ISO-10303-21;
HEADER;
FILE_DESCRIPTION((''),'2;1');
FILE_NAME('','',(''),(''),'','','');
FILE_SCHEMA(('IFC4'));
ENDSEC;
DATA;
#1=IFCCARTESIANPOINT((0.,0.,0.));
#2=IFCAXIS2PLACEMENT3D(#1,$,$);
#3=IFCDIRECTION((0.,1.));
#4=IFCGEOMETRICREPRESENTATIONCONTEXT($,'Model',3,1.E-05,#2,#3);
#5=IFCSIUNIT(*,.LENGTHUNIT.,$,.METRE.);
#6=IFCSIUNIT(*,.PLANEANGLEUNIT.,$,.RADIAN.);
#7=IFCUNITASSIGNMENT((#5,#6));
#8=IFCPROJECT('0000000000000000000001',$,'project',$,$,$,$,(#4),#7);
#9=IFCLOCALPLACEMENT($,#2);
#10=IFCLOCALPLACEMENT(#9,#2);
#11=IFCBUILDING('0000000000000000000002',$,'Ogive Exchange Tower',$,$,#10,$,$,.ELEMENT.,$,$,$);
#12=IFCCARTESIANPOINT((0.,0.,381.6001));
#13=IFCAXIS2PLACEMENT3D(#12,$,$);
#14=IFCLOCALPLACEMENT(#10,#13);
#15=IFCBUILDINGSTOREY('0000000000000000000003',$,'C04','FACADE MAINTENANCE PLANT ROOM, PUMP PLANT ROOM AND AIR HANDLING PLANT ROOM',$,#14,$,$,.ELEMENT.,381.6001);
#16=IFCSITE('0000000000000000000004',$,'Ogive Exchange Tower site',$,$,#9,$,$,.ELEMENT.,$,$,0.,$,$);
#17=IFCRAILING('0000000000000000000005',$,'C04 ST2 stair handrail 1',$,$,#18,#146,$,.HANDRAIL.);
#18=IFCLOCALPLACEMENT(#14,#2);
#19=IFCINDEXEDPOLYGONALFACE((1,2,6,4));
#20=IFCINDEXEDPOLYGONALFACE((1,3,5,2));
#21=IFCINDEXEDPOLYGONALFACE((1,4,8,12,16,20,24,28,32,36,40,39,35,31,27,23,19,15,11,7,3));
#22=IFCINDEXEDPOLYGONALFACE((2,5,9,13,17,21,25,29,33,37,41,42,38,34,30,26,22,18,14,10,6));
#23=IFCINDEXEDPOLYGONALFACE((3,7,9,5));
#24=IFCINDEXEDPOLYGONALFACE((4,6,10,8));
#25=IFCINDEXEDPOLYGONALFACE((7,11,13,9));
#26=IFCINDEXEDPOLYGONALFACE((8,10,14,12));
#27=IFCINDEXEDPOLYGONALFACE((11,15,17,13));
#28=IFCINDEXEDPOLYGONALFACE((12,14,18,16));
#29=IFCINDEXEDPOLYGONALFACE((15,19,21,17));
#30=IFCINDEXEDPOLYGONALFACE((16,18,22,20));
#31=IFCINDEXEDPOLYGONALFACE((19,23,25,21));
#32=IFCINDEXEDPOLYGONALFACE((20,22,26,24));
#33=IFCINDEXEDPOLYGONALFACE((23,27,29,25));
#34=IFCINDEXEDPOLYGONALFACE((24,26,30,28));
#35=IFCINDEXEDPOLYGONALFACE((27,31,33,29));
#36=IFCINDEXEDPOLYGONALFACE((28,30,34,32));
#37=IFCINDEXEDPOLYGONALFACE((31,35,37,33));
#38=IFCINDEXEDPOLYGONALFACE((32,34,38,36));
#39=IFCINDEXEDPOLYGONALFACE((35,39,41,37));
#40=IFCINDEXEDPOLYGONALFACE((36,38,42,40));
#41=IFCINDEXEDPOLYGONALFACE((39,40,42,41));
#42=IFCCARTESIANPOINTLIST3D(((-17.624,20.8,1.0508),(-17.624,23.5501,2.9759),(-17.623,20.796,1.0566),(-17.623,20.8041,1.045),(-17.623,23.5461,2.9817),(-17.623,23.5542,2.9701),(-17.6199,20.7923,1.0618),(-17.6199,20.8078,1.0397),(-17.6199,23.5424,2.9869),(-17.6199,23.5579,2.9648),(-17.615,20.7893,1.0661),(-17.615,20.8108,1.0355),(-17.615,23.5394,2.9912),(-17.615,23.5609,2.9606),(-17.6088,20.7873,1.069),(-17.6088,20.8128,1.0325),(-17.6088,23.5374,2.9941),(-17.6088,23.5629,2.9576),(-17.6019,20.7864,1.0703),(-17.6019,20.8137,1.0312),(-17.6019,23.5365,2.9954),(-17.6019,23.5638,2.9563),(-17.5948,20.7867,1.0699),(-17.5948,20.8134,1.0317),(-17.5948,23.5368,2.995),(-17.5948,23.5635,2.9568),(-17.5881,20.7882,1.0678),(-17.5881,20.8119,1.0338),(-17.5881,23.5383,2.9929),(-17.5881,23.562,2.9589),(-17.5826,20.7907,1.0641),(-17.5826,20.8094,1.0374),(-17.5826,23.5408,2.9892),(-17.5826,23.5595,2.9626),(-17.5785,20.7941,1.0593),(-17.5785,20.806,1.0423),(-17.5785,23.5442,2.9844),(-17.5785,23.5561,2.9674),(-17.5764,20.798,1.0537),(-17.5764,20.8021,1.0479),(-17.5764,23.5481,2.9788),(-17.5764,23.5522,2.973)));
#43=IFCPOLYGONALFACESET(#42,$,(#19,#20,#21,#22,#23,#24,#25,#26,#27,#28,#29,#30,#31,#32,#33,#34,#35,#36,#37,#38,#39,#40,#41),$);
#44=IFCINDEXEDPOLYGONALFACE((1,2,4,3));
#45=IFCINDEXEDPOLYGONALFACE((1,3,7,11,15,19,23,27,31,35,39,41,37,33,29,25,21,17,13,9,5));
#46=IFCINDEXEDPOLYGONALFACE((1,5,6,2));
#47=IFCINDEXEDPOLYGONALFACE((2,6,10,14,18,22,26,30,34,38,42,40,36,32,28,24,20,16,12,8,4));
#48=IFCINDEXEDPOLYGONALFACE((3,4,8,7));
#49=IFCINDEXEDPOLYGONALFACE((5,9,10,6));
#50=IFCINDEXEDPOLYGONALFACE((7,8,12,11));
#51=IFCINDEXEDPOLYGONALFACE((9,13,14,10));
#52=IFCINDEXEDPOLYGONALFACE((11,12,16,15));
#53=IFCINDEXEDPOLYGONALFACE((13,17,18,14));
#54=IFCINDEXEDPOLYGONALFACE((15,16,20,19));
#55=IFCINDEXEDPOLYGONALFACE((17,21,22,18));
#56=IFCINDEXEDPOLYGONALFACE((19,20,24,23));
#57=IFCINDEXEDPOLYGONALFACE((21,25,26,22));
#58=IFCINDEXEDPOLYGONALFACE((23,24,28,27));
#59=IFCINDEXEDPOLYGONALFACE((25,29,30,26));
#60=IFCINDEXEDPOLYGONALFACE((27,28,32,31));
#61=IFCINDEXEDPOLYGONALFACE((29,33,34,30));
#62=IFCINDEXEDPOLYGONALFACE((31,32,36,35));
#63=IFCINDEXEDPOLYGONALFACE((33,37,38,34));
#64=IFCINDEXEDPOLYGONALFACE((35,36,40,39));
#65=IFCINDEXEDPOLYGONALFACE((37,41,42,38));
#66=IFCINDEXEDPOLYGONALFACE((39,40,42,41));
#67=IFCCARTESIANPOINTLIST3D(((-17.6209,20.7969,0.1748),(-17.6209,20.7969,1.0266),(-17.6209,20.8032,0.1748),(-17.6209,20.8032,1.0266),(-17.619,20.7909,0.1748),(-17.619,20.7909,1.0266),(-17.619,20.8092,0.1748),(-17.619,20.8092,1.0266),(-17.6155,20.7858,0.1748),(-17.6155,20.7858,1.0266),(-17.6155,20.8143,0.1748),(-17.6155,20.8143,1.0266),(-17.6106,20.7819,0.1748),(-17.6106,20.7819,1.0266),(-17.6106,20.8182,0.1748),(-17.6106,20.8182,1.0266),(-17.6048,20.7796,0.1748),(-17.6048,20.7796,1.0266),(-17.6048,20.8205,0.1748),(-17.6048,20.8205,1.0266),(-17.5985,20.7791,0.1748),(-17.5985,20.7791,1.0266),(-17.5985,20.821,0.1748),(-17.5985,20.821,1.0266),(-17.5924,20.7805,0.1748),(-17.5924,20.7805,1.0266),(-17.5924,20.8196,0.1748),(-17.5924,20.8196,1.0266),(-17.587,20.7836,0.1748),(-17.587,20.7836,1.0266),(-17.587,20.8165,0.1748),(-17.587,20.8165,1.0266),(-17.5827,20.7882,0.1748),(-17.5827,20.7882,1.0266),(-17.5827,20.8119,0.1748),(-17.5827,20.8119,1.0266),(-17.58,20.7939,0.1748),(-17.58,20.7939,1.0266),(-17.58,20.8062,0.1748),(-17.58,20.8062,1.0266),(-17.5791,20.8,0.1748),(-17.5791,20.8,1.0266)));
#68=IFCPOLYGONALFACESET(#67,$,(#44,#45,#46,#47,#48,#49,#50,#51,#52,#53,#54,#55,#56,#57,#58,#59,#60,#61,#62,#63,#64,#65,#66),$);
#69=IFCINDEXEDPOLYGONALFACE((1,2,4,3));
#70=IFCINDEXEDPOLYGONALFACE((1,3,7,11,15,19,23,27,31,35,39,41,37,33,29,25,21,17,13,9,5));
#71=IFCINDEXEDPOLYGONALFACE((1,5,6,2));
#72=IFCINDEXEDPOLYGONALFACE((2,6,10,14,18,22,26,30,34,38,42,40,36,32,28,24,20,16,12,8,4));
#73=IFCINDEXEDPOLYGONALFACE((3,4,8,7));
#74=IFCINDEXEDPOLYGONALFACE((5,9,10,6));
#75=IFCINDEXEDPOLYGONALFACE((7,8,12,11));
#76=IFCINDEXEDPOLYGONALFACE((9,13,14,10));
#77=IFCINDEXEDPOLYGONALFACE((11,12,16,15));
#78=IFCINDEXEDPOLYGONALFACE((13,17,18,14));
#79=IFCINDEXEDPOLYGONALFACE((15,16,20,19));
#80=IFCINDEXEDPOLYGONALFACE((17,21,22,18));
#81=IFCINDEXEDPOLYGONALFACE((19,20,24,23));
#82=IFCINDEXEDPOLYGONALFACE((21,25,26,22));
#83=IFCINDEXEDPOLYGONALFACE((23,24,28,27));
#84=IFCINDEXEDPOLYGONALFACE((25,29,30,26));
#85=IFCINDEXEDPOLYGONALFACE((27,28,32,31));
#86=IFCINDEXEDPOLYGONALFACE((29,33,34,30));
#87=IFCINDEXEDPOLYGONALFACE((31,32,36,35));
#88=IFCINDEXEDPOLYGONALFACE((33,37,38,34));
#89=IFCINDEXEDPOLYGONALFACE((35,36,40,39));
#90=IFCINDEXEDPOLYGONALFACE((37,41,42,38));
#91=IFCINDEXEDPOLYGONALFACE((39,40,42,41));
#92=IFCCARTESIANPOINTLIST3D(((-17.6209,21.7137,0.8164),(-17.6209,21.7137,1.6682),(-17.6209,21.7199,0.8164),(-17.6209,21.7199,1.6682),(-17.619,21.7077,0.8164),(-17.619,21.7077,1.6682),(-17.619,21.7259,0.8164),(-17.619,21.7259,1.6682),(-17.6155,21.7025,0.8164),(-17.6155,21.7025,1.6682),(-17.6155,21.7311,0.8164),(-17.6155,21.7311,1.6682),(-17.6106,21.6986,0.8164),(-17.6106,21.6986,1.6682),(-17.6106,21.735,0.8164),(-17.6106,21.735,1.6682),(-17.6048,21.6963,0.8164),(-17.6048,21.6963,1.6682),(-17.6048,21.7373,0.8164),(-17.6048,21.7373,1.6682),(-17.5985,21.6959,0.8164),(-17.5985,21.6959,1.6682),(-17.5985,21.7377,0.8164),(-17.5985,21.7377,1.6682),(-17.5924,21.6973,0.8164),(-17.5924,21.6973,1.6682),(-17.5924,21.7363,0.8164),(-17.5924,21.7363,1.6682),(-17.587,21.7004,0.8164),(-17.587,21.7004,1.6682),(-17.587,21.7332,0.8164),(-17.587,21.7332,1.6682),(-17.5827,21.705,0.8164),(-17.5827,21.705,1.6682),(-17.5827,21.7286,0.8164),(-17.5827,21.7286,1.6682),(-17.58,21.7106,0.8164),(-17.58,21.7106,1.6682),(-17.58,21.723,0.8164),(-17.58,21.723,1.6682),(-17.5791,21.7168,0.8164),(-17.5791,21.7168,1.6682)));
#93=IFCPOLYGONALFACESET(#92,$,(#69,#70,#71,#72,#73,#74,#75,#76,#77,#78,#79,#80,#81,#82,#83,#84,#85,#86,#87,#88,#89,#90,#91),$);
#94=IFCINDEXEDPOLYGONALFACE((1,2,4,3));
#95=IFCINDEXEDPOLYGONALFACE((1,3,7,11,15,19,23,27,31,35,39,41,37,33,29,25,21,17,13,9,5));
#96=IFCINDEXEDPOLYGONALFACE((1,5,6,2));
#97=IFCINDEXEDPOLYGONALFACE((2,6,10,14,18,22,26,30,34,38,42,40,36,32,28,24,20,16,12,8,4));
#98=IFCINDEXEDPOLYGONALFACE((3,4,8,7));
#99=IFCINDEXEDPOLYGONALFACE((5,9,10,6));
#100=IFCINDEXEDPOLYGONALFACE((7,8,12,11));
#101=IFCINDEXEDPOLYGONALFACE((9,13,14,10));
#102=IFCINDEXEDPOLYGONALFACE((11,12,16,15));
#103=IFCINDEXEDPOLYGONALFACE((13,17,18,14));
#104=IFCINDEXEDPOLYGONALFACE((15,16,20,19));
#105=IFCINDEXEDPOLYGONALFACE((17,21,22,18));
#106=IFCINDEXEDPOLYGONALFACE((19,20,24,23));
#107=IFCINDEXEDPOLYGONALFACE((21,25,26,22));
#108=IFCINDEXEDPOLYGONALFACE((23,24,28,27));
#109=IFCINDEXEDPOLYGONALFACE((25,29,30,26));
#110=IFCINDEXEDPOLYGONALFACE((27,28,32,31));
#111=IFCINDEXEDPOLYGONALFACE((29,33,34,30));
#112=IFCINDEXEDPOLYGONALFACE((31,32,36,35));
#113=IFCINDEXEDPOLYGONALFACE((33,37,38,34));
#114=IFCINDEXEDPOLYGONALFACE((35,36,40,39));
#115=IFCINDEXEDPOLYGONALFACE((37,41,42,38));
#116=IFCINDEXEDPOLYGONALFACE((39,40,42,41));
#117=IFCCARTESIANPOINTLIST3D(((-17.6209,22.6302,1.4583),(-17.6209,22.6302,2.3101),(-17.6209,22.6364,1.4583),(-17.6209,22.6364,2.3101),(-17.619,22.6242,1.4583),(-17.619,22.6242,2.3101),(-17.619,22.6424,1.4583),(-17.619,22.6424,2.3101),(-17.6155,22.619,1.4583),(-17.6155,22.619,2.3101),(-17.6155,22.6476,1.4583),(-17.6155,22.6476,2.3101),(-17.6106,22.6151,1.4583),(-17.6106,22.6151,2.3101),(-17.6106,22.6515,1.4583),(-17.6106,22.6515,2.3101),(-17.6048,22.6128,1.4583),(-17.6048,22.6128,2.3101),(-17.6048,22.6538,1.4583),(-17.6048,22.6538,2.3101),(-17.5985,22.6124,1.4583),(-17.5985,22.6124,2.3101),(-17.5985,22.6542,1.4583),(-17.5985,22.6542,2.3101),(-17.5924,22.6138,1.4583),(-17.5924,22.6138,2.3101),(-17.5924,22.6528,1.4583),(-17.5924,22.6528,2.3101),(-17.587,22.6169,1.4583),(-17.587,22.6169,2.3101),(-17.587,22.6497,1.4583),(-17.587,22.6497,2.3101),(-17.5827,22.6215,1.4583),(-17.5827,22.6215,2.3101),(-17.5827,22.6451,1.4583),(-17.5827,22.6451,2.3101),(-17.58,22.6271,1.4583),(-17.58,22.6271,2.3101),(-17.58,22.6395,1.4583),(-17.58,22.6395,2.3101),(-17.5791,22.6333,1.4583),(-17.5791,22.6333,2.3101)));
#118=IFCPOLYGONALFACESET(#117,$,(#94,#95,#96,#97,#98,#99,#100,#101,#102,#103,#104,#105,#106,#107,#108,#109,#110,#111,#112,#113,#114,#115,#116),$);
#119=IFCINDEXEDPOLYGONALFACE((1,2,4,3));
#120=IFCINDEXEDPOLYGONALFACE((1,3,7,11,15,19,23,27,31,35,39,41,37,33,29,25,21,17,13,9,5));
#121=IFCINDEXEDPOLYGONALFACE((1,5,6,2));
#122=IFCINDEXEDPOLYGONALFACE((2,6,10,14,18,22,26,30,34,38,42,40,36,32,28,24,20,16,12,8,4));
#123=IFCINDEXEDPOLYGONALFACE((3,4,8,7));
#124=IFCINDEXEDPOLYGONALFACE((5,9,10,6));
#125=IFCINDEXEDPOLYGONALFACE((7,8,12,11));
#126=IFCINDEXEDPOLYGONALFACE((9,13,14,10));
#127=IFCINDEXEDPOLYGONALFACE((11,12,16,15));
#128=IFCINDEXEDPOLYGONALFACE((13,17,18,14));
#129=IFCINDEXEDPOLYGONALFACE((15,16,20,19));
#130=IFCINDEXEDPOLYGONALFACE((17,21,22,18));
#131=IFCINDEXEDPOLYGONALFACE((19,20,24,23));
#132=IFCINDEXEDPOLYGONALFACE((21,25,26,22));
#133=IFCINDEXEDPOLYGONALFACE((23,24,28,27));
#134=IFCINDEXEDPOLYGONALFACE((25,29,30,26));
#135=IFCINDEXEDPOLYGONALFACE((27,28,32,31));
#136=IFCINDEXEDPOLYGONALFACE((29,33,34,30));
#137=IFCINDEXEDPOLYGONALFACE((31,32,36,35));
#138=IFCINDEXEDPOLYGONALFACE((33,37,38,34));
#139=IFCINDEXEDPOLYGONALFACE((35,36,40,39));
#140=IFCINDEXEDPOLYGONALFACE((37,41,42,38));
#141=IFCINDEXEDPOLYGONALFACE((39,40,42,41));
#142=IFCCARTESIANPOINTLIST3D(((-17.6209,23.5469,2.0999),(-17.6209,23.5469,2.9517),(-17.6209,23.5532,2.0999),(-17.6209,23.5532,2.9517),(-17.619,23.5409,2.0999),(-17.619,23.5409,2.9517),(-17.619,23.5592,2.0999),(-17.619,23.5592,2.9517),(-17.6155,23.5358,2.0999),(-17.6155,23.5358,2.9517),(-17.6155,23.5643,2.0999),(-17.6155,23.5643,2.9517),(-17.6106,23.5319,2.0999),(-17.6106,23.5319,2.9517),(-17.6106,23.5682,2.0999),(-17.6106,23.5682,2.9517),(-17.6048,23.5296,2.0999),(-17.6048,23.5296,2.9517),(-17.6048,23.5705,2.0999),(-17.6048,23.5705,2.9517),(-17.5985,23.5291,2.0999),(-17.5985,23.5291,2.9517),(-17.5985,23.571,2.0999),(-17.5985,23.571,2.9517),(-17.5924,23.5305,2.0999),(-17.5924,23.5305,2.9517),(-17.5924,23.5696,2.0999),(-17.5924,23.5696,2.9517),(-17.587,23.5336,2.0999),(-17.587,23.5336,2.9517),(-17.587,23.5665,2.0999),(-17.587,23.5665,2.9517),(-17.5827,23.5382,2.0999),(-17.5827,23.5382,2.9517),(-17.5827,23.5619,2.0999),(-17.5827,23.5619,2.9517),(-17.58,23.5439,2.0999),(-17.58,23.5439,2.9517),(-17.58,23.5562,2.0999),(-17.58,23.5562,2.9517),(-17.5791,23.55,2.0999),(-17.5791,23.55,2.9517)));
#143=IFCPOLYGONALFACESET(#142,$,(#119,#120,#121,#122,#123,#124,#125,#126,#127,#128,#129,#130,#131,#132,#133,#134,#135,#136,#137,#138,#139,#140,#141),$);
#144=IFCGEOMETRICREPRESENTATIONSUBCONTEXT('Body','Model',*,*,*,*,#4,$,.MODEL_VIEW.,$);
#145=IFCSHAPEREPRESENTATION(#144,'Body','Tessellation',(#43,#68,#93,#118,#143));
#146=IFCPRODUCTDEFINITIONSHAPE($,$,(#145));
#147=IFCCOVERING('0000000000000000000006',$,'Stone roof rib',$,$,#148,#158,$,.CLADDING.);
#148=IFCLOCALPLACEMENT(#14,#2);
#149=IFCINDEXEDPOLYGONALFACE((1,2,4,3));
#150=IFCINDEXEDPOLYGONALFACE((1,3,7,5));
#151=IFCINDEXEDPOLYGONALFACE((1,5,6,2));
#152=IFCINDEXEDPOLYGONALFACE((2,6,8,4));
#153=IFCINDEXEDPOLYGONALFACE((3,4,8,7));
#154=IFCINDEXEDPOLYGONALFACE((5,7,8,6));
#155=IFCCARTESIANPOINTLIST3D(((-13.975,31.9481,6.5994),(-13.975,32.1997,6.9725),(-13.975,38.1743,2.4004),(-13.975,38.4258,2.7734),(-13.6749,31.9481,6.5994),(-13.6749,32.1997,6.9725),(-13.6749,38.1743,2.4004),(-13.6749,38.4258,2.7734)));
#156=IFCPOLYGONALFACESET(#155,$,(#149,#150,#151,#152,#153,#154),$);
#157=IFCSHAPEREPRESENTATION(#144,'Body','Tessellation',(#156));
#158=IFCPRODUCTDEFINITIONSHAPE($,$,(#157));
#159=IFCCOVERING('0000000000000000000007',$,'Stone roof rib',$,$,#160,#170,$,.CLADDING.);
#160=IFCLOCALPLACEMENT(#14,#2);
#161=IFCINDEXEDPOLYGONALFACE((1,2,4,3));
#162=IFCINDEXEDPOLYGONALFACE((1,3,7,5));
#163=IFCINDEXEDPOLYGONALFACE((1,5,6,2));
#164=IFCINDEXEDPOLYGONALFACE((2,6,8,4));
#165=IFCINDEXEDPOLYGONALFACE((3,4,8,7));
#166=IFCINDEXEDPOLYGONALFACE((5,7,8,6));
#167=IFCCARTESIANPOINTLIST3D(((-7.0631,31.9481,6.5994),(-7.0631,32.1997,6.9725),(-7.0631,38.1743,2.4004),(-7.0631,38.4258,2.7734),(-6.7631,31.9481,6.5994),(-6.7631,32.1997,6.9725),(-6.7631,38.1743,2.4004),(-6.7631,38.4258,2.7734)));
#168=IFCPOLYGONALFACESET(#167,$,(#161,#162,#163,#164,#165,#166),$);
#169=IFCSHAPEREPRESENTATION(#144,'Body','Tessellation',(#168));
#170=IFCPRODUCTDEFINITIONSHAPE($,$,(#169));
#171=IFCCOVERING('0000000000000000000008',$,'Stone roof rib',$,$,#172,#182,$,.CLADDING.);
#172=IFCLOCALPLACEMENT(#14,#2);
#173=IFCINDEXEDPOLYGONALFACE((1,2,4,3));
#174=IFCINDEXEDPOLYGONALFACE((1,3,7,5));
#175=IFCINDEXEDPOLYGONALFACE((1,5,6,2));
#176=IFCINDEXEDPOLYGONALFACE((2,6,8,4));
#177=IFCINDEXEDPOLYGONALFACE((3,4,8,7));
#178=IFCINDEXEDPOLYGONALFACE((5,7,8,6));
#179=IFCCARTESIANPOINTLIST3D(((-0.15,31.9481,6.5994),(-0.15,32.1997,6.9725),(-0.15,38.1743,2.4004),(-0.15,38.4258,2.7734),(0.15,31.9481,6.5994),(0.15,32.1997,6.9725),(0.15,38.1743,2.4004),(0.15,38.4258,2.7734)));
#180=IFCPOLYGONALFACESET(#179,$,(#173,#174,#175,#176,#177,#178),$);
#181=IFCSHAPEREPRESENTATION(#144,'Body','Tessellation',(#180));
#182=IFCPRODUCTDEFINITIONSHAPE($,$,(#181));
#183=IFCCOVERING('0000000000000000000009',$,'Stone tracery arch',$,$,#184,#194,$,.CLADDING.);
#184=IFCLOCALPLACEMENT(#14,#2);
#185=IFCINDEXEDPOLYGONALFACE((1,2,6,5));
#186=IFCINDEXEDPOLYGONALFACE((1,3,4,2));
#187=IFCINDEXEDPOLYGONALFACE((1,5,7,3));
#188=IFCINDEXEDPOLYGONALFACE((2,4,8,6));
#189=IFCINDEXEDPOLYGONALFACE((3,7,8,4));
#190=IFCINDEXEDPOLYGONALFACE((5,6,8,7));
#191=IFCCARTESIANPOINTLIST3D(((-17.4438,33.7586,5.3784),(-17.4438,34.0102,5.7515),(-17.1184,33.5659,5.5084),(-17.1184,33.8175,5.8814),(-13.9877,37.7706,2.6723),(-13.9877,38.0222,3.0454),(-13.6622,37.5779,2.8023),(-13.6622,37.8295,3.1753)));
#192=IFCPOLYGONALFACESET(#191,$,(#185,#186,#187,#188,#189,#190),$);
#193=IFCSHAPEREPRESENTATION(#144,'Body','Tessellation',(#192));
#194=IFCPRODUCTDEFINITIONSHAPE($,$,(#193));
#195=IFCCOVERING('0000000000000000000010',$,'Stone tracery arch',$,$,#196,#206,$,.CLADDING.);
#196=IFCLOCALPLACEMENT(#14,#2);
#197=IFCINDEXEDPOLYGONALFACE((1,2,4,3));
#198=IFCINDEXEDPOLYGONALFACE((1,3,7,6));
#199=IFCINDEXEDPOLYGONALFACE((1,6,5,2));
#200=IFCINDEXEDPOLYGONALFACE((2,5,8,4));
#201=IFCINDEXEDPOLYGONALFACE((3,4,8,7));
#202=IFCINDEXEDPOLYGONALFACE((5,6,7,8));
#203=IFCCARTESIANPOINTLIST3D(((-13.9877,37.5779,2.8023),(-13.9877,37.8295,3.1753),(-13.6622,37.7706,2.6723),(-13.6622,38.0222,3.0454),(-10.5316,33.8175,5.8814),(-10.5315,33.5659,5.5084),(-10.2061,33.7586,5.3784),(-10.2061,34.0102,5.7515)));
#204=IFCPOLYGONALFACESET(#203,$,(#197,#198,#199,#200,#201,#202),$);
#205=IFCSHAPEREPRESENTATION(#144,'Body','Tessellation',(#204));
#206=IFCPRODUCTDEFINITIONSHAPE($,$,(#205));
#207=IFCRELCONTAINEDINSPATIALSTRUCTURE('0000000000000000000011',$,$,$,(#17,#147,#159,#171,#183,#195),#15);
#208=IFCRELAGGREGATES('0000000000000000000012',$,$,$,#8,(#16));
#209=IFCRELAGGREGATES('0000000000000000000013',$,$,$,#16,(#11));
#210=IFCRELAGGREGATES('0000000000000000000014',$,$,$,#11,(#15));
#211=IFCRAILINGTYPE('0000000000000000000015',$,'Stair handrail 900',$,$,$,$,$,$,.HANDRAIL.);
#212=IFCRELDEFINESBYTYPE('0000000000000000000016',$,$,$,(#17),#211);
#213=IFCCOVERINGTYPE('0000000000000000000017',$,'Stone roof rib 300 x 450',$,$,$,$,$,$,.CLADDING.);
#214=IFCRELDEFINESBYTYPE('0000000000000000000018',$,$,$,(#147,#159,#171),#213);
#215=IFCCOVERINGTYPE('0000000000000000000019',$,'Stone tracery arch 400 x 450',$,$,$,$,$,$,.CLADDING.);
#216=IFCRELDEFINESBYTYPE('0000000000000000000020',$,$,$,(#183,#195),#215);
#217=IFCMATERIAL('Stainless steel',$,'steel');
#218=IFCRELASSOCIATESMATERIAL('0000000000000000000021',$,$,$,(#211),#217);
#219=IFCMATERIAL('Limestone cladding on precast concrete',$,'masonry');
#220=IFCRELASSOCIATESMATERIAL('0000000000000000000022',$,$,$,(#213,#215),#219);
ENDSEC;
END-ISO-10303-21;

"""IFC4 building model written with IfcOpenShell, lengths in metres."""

from ifc_helpers import new_model, si_unit, direction, frame, origin, origin_2d, place, context, subcontext, project, spatial, rectangle, circle, extrude, material, material_profile, profile_set, type_object, element, save


model = new_model("IFC4")

# Units and contexts
model_context = context("Model", 3, precision=1e-05, world=origin(), true_north=direction((0.0, 1.0)))
body_context = subcontext(model_context, "Body", "Model", "MODEL_VIEW")
ifc_project = project(units=[si_unit("LENGTHUNIT", "METRE"), si_unit("PLANEANGLEUNIT", "RADIAN")], contexts=[model_context])

# Site, building, storey
site_placement = place(None, origin())
site = spatial("IfcSite", under=ifc_project, at=site_placement, Name="Ogive Exchange Tower site", CompositionType="ELEMENT", RefElevation=0.0)
building_placement = place(site_placement, origin())
building = spatial("IfcBuilding", under=site, at=building_placement, Name="Ogive Exchange Tower", CompositionType="ELEMENT")
storey_placement = place(building_placement, frame((0.0, 0.0, 381.6001)))
storey = spatial("IfcBuildingStorey", under=building, at=storey_placement, Name="C04", Description="FACADE MAINTENANCE PLANT ROOM, PUMP PLANT ROOM AND AIR HANDLING PLANT ROOM", CompositionType="ELEMENT", Elevation=381.6001)

# Railing
ifc_material_1 = material(Name="Stainless steel", Category="steel")
railing_type = type_object("IfcRailingType", Name="Stair handrail 900", PredefinedType="HANDRAIL", material=ifc_material_1)
railing_placement = place(storey_placement, frame((-17.6001, 20.8, 0.1748)))
element("IfcRailing", 1, at=railing_placement, inside=storey, type_object=railing_type, Name="C04 ST2 stair handrail 1", PredefinedType="HANDRAIL", context=body_context, shape_type="SweptSolid", body=[
    extrude(circle(Radius=0.0239, at=origin_2d()), frame((0.0, 0.0, 0.876), z_axis=(0.0, 0.819225, 0.573472), x_axis=(-1.0, 0.0, 0.0)), (0.0, 0.0, 1.0), 3.3569),
    extrude(circle(Radius=0.021, at=origin_2d()), origin(), (0.0, 0.0, 1.0), 0.8518),
    extrude(circle(Radius=0.021, at=origin_2d()), frame((0.0, 0.9167, 0.6416)), (0.0, 0.0, 1.0), 0.8518),
    extrude(circle(Radius=0.021, at=origin_2d()), frame((0.0, 1.8333, 1.2834)), (0.0, 0.0, 1.0), 0.8518),
    extrude(circle(Radius=0.021, at=origin_2d()), frame((0.0, 2.75, 1.925)), (0.0, 0.0, 1.0), 0.8518),
])

# Coverings
ifc_material_2 = material(Name="Limestone cladding on precast concrete", Category="masonry")
ifc_material_profile_1 = material_profile(ifc_material_2, rectangle(XDim=0.3, YDim=0.45, at=origin_2d()), Name="RIB 300 x 450")
ifc_profile_set_1 = profile_set([ifc_material_profile_1], Name="Limestone cladding on precast concrete")
covering_type_1 = type_object("IfcCoveringType", Name="Stone roof rib 300 x 450", PredefinedType="CLADDING", material=ifc_profile_set_1)
for number, where, z_axis, x_axis, name in (
    (2, (-13.825, 38.3, 2.5869), (0.0, -0.829072, 0.559141), (1.0, 0.0, 0.0), "Stone roof rib"),
    (3, (-6.9131, 38.3, 2.5869), (0.0, -0.829072, 0.559141), (1.0, 0.0, 0.0), "Stone roof rib"),
    (4, (0.0, 38.3, 2.5869), (0.0, -0.829072, 0.559141), (1.0, 0.0, 0.0), "Stone roof rib"),
):
    element("IfcCovering", number, at=place(storey_placement, frame(where, z_axis=z_axis, x_axis=x_axis)), inside=storey, type_object=covering_type_1, Name=name, PredefinedType="CLADDING", context=body_context, shape_type="SweptSolid", body=[
        extrude(rectangle(XDim=0.3, YDim=0.45, at=origin_2d()), origin(), (0.0, 0.0, 1.0), 7.5098),
    ])
ifc_material_profile_2 = material_profile(ifc_material_2, rectangle(XDim=0.3999, YDim=0.45, at=origin_2d()), Name="TRACERY 400 x 450")
ifc_profile_set_2 = profile_set([ifc_material_profile_2], Name="Limestone cladding on precast concrete")
covering_type_2 = type_object("IfcCoveringType", Name="Stone tracery arch 400 x 450", PredefinedType="CLADDING", material=ifc_profile_set_2)
for number, where, z_axis, x_axis, name in (
    (5, (-13.825, 37.8, 2.9238), (-0.581175, -0.674657, 0.455054), (0.813779, -0.48182, 0.324982), "Stone tracery arch"),
    (6, (-13.825, 37.8, 2.9238), (0.581175, -0.674657, 0.455054), (0.813779, 0.48182, -0.324982), "Stone tracery arch"),
):
    element("IfcCovering", number, at=place(storey_placement, frame(where, z_axis=z_axis, x_axis=x_axis)), inside=storey, type_object=covering_type_2, Name=name, PredefinedType="CLADDING", context=body_context, shape_type="SweptSolid", body=[
        extrude(rectangle(XDim=0.3999, YDim=0.45, at=origin_2d()), origin(), (0.0, 0.0, 1.0), 5.9468),
    ])

save(model, "model.ifc")
